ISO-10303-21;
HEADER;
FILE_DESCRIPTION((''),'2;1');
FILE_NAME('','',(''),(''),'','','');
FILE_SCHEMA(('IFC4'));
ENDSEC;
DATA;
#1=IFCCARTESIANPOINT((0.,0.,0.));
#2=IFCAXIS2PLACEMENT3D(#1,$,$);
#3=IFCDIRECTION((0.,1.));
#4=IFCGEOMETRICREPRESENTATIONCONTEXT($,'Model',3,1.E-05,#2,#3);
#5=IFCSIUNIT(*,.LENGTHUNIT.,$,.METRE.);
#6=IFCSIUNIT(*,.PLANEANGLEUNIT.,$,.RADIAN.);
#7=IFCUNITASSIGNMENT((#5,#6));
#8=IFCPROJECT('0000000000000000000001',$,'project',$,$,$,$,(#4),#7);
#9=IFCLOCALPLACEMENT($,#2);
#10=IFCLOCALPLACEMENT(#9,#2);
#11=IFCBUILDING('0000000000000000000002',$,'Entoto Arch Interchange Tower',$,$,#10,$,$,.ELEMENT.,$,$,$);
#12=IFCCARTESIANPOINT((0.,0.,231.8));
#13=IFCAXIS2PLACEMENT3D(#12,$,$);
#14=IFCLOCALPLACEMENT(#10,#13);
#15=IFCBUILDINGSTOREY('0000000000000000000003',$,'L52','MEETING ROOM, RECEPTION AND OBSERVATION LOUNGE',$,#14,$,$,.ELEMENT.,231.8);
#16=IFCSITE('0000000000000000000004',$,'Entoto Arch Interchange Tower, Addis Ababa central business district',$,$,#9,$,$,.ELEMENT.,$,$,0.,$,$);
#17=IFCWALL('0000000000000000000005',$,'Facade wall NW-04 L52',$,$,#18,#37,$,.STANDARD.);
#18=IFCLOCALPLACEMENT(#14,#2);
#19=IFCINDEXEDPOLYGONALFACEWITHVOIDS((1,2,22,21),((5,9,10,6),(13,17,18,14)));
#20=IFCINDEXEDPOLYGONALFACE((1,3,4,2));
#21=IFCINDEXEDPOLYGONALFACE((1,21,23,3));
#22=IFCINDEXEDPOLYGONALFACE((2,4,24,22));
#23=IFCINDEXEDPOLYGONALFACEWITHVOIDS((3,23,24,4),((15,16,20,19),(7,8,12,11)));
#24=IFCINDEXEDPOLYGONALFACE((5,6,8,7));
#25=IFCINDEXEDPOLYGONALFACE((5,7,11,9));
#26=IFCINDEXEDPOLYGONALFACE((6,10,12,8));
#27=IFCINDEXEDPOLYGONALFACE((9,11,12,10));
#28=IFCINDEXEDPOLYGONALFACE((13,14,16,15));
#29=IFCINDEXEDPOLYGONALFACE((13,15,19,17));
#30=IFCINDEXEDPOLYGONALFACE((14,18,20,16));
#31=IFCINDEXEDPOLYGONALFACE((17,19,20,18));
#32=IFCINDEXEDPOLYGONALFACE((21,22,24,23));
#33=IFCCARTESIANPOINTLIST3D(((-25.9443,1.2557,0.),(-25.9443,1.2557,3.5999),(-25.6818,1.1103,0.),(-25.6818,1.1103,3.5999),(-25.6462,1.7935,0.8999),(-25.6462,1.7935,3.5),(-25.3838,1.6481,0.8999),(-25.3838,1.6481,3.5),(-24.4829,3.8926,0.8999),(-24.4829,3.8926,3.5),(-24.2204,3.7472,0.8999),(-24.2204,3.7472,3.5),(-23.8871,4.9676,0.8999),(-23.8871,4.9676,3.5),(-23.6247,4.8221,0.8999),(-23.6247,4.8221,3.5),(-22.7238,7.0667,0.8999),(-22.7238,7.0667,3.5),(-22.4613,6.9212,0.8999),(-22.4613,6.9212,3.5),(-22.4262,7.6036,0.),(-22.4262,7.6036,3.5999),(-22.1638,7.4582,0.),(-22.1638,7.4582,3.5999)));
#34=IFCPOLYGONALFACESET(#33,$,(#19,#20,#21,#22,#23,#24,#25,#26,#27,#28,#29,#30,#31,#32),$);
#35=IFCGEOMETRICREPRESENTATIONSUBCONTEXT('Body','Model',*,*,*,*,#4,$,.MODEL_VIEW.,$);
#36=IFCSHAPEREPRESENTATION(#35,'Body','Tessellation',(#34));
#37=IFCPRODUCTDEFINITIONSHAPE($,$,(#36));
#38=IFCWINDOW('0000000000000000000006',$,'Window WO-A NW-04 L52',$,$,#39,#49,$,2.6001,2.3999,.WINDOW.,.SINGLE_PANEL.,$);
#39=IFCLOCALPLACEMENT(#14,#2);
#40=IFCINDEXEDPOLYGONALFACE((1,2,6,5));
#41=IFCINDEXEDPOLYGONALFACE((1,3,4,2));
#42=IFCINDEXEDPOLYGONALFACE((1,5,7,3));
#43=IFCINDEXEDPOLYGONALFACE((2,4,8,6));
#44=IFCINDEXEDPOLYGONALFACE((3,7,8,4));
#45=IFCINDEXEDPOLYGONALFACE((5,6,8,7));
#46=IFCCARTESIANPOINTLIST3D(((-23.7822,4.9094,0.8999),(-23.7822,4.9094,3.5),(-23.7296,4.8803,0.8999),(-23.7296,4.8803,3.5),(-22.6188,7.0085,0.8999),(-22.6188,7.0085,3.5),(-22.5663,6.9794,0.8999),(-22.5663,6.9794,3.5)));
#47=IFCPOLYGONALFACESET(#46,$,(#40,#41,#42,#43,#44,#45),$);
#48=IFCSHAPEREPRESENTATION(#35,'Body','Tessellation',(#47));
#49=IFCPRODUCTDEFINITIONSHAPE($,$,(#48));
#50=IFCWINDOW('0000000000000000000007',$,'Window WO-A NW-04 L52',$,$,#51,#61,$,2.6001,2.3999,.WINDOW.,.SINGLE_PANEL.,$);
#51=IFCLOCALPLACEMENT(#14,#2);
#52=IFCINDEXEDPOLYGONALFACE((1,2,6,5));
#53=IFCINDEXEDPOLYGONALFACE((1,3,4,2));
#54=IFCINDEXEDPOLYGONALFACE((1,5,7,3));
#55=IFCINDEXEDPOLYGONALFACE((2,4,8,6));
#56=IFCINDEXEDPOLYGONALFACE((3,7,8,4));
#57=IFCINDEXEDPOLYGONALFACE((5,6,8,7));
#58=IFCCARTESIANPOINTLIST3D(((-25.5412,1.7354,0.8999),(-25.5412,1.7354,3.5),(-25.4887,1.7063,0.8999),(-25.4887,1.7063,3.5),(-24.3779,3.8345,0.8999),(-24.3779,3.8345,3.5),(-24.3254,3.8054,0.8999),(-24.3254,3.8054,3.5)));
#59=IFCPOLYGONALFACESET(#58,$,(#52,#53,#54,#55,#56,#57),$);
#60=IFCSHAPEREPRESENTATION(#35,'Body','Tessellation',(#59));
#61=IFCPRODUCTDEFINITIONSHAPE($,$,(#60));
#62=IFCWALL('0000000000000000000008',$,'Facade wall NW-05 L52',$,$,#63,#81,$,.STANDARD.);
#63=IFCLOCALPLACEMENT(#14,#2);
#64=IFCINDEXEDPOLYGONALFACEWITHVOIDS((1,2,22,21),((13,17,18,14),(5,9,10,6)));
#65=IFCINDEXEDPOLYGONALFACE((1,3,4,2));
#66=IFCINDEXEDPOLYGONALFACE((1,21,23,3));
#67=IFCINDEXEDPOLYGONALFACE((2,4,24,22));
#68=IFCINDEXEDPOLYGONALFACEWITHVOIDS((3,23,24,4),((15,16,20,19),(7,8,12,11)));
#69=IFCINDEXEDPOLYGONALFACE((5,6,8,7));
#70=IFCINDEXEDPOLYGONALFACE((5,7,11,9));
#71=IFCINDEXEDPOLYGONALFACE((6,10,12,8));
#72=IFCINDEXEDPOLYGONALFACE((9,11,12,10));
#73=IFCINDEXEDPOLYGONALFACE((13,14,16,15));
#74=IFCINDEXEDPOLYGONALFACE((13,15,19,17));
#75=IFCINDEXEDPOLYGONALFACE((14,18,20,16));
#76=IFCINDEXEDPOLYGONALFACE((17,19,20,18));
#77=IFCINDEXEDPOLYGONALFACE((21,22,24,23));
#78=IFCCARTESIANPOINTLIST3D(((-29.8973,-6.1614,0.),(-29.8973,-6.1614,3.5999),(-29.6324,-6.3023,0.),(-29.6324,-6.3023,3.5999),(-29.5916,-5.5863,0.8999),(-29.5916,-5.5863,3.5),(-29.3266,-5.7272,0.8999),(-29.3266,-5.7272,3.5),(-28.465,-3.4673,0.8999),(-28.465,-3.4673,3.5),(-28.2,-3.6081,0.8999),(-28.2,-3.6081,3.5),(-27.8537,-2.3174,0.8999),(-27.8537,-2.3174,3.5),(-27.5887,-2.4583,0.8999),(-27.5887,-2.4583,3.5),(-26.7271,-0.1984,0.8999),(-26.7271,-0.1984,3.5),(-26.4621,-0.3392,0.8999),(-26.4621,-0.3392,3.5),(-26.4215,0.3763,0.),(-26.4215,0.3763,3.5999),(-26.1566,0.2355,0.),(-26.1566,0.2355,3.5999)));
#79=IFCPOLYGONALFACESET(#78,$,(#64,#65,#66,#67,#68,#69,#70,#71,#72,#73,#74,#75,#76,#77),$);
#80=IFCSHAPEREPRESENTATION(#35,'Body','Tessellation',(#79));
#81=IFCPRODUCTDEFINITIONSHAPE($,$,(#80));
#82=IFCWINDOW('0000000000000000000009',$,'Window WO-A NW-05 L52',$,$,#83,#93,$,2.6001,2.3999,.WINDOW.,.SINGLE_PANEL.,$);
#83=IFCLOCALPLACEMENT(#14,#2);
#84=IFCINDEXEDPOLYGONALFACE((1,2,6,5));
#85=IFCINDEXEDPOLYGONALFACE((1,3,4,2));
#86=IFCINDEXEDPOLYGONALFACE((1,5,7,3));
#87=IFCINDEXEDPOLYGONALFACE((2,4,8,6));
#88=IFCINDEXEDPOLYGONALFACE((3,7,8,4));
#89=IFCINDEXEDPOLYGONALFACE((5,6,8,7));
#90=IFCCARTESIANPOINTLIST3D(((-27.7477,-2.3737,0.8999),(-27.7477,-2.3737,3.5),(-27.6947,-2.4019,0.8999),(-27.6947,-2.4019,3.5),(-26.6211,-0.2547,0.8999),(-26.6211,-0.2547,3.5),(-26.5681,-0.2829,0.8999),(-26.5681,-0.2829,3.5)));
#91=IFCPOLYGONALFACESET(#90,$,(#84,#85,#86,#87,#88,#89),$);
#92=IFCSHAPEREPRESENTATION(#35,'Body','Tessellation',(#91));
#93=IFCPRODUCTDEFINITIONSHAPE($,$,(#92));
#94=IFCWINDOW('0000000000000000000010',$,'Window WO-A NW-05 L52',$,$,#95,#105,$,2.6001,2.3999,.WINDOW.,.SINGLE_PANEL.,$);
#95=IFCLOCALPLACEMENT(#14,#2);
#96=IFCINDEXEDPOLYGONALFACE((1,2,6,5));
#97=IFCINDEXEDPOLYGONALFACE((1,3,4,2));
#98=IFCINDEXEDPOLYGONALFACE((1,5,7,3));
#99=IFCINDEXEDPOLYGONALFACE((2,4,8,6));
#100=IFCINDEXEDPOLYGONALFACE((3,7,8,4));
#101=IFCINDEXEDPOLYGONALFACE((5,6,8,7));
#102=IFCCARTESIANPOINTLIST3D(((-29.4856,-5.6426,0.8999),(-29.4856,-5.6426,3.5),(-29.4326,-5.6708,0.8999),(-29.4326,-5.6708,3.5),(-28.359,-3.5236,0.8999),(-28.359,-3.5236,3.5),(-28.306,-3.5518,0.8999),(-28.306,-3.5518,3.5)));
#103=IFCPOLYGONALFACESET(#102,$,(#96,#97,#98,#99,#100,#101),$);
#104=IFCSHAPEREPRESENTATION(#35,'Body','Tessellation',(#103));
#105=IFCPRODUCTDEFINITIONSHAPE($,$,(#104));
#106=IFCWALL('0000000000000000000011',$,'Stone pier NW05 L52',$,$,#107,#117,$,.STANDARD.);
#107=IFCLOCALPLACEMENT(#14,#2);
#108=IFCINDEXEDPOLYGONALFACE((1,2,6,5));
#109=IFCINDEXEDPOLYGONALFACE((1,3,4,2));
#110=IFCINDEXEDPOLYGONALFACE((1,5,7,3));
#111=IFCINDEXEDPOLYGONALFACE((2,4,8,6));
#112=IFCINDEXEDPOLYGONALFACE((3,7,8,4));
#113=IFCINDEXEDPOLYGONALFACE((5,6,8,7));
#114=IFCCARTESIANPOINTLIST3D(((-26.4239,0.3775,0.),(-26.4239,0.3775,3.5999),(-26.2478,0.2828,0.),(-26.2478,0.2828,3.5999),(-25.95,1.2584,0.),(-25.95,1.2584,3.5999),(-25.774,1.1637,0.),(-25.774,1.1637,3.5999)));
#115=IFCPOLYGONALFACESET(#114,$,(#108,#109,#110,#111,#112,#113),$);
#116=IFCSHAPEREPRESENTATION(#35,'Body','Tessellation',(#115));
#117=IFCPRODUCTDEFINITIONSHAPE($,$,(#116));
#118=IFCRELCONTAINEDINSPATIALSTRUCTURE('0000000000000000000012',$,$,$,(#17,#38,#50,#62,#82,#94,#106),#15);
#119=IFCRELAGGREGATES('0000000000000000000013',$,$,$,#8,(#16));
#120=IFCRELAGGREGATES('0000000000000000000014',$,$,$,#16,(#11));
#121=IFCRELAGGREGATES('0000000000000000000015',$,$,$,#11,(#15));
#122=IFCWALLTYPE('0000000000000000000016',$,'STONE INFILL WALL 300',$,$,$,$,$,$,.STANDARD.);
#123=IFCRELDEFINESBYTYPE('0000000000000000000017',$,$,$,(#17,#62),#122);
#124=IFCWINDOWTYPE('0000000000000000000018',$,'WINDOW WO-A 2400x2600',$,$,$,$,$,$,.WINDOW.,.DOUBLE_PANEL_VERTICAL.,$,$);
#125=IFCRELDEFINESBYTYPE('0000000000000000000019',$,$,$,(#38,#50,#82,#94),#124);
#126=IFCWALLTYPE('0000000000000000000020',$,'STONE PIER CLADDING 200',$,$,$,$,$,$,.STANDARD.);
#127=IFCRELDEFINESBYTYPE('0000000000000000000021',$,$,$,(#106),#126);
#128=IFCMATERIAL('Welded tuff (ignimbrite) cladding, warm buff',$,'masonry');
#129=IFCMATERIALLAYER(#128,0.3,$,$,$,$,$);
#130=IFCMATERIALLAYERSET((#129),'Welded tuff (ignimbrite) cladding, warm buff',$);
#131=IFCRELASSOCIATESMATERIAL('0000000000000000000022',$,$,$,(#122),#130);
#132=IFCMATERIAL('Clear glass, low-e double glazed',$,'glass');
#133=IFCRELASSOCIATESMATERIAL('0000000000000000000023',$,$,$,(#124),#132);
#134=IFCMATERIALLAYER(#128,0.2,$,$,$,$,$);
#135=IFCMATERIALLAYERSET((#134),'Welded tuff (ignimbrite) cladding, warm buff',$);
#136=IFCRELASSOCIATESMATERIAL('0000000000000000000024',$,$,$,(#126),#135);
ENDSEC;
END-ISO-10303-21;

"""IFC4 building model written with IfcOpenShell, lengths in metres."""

from ifc_helpers import new_model, si_unit, direction, frame, frame_2d, origin, place, context, subcontext, project, spatial, rectangle, extrude, material, layer, layer_set, type_object, element, fill, save


model = new_model("IFC4")

# Units and contexts
model_context = context("Model", 3, precision=1e-05, world=origin(), true_north=direction((0.0, 1.0)))
body_context = subcontext(model_context, "Body", "Model", "MODEL_VIEW")
ifc_project = project(units=[si_unit("LENGTHUNIT", "METRE"), si_unit("PLANEANGLEUNIT", "RADIAN")], contexts=[model_context])

# Site, building, storey
site_placement = place(None, origin())
site = spatial("IfcSite", under=ifc_project, at=site_placement, Name="Entoto Arch Interchange Tower, Addis Ababa central business district", CompositionType="ELEMENT", RefElevation=0.0)
building_placement = place(site_placement, origin())
building = spatial("IfcBuilding", under=site, at=building_placement, Name="Entoto Arch Interchange Tower", CompositionType="ELEMENT")
storey_placement = place(building_placement, frame((0.0, 0.0, 231.8)))
storey = spatial("IfcBuildingStorey", under=building, at=storey_placement, Name="L52", Description="MEETING ROOM, RECEPTION AND OBSERVATION LOUNGE", CompositionType="ELEMENT", Elevation=231.8)

# Walls, openings, windows
ifc_material_1 = material(Name="Welded tuff (ignimbrite) cladding, warm buff", Category="masonry")
ifc_layer_1 = layer(ifc_material_1, 0.3)
ifc_layer_set_1 = layer_set([ifc_layer_1], Name="Welded tuff (ignimbrite) cladding, warm buff")
wall_type_1 = type_object("IfcWallType", Name="STONE INFILL WALL 300", PredefinedType="STANDARD", material=ifc_layer_set_1)
wall_1_placement = place(storey_placement, frame((-22.2949, 7.531, 0.0), z_axis=(0.0, 0.0, 1.0), x_axis=(-0.484743, -0.874657, 0.0)))
wall_1 = element("IfcWall", 1, at=wall_1_placement, inside=storey, type_object=wall_type_1, Name="Facade wall NW-04 L52", PredefinedType="STANDARD", context=body_context, shape_type="SweptSolid", body=[
    extrude(rectangle(XDim=7.2576, YDim=0.3, at=frame_2d((3.6289, 0.0))), origin(), (0.0, 0.0, 1.0), 3.5999),
])
opening_1_placement = place(wall_1_placement, frame((0.614, 0.0, 0.8999)))
opening_1 = element("IfcOpeningElement", 2, at=opening_1_placement, cuts=wall_1, PredefinedType="OPENING", context=body_context, shape_type="SweptSolid", body=[
    extrude(rectangle(XDim=2.3999, YDim=2.6001, at=frame_2d((1.2, 1.3))), frame((0.0, 0.1602, 0.0), z_axis=(0.0, -1.0, 0.0), x_axis=(1.0, 0.0, 0.0)), (0.0, 0.0, 1.0), 0.3201),
])
opening_2_placement = place(wall_1_placement, frame((4.2429, 0.0, 0.8999)))
opening_2 = element("IfcOpeningElement", 3, at=opening_2_placement, cuts=wall_1, PredefinedType="OPENING", context=body_context, shape_type="SweptSolid", body=[
    extrude(rectangle(XDim=2.3999, YDim=2.6001, at=frame_2d((1.2, 1.3))), frame((0.0, 0.1602, 0.0), z_axis=(0.0, -1.0, 0.0), x_axis=(1.0, 0.0, 0.0)), (0.0, 0.0, 1.0), 0.3201),
])
ifc_material_2 = material(Name="Clear glass, low-e double glazed", Category="glass")
window_type = type_object("IfcWindowType", Name="WINDOW WO-A 2400x2600", PartitioningType="DOUBLE_PANEL_VERTICAL", PredefinedType="WINDOW", material=ifc_material_2)
window_1_placement = place(opening_1_placement, origin())
window_1 = element("IfcWindow", 4, at=window_1_placement, inside=storey, type_object=window_type, Name="Window WO-A NW-04 L52", OverallHeight=2.6001, OverallWidth=2.3999, PartitioningType="SINGLE_PANEL", PredefinedType="WINDOW", context=body_context, shape_type="SweptSolid", body=[
    extrude(rectangle(XDim=2.3999, YDim=2.6001, at=frame_2d((1.2, 1.3))), frame((0.0, 0.03, 0.0), z_axis=(0.0, -1.0, 0.0), x_axis=(1.0, 0.0, 0.0)), (0.0, 0.0, 1.0), 0.0601),
])
fill(opening_1, window_1)
window_2_placement = place(opening_2_placement, origin())
window_2 = element("IfcWindow", 5, at=window_2_placement, inside=storey, type_object=window_type, Name="Window WO-A NW-04 L52", OverallHeight=2.6001, OverallWidth=2.3999, PartitioningType="SINGLE_PANEL", PredefinedType="WINDOW", context=body_context, shape_type="SweptSolid", body=[
    extrude(rectangle(XDim=2.3999, YDim=2.6001, at=frame_2d((1.2, 1.3))), frame((0.0, 0.03, 0.0), z_axis=(0.0, -1.0, 0.0), x_axis=(1.0, 0.0, 0.0)), (0.0, 0.0, 1.0), 0.0601),
])
fill(opening_2, window_2)
wall_2_placement = place(storey_placement, frame((-26.2891, 0.3059, 0.0), z_axis=(0.0, 0.0, 1.0), x_axis=(-0.469429, -0.88297, 0.0)))
wall_2 = element("IfcWall", 6, at=wall_2_placement, inside=storey, type_object=wall_type_1, Name="Facade wall NW-05 L52", PredefinedType="STANDARD", context=body_context, shape_type="SweptSolid", body=[
    extrude(rectangle(XDim=7.4043, YDim=0.3, at=frame_2d((3.7021, 0.0))), origin(), (0.0, 0.0, 1.0), 3.5999),
])
opening_3_placement = place(wall_2_placement, frame((0.6509, 0.0, 0.8999)))
opening_3 = element("IfcOpeningElement", 7, at=opening_3_placement, cuts=wall_2, PredefinedType="OPENING", context=body_context, shape_type="SweptSolid", body=[
    extrude(rectangle(XDim=2.3999, YDim=2.6001, at=frame_2d((1.2, 1.3))), frame((0.0, 0.1602, 0.0), z_axis=(0.0, -1.0, 0.0), x_axis=(1.0, 0.0, 0.0)), (0.0, 0.0, 1.0), 0.3201),
])
opening_4_placement = place(wall_2_placement, frame((4.353, 0.0, 0.8999)))
opening_4 = element("IfcOpeningElement", 8, at=opening_4_placement, cuts=wall_2, PredefinedType="OPENING", context=body_context, shape_type="SweptSolid", body=[
    extrude(rectangle(XDim=2.3999, YDim=2.6001, at=frame_2d((1.2, 1.3))), frame((0.0, 0.1602, 0.0), z_axis=(0.0, -1.0, 0.0), x_axis=(1.0, 0.0, 0.0)), (0.0, 0.0, 1.0), 0.3201),
])
window_3_placement = place(opening_3_placement, origin())
window_3 = element("IfcWindow", 9, at=window_3_placement, inside=storey, type_object=window_type, Name="Window WO-A NW-05 L52", OverallHeight=2.6001, OverallWidth=2.3999, PartitioningType="SINGLE_PANEL", PredefinedType="WINDOW", context=body_context, shape_type="SweptSolid", body=[
    extrude(rectangle(XDim=2.3999, YDim=2.6001, at=frame_2d((1.2, 1.3))), frame((0.0, 0.03, 0.0), z_axis=(0.0, -1.0, 0.0), x_axis=(1.0, 0.0, 0.0)), (0.0, 0.0, 1.0), 0.0601),
])
fill(opening_3, window_3)
window_4_placement = place(opening_4_placement, origin())
window_4 = element("IfcWindow", 10, at=window_4_placement, inside=storey, type_object=window_type, Name="Window WO-A NW-05 L52", OverallHeight=2.6001, OverallWidth=2.3999, PartitioningType="SINGLE_PANEL", PredefinedType="WINDOW", context=body_context, shape_type="SweptSolid", body=[
    extrude(rectangle(XDim=2.3999, YDim=2.6001, at=frame_2d((1.2, 1.3))), frame((0.0, 0.03, 0.0), z_axis=(0.0, -1.0, 0.0), x_axis=(1.0, 0.0, 0.0)), (0.0, 0.0, 1.0), 0.0601),
])
fill(opening_4, window_4)

# Wall
ifc_layer_2 = layer(ifc_material_1, 0.2)
ifc_layer_set_2 = layer_set([ifc_layer_2], Name="Welded tuff (ignimbrite) cladding, warm buff")
wall_type_2 = type_object("IfcWallType", Name="STONE PIER CLADDING 200", PredefinedType="STANDARD", material=ifc_layer_set_2)
wall_3_placement = place(storey_placement, frame((-25.8621, 1.2109, 0.0), z_axis=(0.0, 0.0, 1.0), x_axis=(-0.473765, -0.880651, 0.0)))
element("IfcWall", 11, at=wall_3_placement, inside=storey, type_object=wall_type_2, Name="Stone pier NW05 L52", PredefinedType="STANDARD", context=body_context, shape_type="SweptSolid", body=[
    extrude(rectangle(XDim=1.0002, YDim=0.2, at=frame_2d((0.5, 0.0))), origin(), (0.0, 0.0, 1.0), 3.5999),
])

save(model, "model.ifc")
